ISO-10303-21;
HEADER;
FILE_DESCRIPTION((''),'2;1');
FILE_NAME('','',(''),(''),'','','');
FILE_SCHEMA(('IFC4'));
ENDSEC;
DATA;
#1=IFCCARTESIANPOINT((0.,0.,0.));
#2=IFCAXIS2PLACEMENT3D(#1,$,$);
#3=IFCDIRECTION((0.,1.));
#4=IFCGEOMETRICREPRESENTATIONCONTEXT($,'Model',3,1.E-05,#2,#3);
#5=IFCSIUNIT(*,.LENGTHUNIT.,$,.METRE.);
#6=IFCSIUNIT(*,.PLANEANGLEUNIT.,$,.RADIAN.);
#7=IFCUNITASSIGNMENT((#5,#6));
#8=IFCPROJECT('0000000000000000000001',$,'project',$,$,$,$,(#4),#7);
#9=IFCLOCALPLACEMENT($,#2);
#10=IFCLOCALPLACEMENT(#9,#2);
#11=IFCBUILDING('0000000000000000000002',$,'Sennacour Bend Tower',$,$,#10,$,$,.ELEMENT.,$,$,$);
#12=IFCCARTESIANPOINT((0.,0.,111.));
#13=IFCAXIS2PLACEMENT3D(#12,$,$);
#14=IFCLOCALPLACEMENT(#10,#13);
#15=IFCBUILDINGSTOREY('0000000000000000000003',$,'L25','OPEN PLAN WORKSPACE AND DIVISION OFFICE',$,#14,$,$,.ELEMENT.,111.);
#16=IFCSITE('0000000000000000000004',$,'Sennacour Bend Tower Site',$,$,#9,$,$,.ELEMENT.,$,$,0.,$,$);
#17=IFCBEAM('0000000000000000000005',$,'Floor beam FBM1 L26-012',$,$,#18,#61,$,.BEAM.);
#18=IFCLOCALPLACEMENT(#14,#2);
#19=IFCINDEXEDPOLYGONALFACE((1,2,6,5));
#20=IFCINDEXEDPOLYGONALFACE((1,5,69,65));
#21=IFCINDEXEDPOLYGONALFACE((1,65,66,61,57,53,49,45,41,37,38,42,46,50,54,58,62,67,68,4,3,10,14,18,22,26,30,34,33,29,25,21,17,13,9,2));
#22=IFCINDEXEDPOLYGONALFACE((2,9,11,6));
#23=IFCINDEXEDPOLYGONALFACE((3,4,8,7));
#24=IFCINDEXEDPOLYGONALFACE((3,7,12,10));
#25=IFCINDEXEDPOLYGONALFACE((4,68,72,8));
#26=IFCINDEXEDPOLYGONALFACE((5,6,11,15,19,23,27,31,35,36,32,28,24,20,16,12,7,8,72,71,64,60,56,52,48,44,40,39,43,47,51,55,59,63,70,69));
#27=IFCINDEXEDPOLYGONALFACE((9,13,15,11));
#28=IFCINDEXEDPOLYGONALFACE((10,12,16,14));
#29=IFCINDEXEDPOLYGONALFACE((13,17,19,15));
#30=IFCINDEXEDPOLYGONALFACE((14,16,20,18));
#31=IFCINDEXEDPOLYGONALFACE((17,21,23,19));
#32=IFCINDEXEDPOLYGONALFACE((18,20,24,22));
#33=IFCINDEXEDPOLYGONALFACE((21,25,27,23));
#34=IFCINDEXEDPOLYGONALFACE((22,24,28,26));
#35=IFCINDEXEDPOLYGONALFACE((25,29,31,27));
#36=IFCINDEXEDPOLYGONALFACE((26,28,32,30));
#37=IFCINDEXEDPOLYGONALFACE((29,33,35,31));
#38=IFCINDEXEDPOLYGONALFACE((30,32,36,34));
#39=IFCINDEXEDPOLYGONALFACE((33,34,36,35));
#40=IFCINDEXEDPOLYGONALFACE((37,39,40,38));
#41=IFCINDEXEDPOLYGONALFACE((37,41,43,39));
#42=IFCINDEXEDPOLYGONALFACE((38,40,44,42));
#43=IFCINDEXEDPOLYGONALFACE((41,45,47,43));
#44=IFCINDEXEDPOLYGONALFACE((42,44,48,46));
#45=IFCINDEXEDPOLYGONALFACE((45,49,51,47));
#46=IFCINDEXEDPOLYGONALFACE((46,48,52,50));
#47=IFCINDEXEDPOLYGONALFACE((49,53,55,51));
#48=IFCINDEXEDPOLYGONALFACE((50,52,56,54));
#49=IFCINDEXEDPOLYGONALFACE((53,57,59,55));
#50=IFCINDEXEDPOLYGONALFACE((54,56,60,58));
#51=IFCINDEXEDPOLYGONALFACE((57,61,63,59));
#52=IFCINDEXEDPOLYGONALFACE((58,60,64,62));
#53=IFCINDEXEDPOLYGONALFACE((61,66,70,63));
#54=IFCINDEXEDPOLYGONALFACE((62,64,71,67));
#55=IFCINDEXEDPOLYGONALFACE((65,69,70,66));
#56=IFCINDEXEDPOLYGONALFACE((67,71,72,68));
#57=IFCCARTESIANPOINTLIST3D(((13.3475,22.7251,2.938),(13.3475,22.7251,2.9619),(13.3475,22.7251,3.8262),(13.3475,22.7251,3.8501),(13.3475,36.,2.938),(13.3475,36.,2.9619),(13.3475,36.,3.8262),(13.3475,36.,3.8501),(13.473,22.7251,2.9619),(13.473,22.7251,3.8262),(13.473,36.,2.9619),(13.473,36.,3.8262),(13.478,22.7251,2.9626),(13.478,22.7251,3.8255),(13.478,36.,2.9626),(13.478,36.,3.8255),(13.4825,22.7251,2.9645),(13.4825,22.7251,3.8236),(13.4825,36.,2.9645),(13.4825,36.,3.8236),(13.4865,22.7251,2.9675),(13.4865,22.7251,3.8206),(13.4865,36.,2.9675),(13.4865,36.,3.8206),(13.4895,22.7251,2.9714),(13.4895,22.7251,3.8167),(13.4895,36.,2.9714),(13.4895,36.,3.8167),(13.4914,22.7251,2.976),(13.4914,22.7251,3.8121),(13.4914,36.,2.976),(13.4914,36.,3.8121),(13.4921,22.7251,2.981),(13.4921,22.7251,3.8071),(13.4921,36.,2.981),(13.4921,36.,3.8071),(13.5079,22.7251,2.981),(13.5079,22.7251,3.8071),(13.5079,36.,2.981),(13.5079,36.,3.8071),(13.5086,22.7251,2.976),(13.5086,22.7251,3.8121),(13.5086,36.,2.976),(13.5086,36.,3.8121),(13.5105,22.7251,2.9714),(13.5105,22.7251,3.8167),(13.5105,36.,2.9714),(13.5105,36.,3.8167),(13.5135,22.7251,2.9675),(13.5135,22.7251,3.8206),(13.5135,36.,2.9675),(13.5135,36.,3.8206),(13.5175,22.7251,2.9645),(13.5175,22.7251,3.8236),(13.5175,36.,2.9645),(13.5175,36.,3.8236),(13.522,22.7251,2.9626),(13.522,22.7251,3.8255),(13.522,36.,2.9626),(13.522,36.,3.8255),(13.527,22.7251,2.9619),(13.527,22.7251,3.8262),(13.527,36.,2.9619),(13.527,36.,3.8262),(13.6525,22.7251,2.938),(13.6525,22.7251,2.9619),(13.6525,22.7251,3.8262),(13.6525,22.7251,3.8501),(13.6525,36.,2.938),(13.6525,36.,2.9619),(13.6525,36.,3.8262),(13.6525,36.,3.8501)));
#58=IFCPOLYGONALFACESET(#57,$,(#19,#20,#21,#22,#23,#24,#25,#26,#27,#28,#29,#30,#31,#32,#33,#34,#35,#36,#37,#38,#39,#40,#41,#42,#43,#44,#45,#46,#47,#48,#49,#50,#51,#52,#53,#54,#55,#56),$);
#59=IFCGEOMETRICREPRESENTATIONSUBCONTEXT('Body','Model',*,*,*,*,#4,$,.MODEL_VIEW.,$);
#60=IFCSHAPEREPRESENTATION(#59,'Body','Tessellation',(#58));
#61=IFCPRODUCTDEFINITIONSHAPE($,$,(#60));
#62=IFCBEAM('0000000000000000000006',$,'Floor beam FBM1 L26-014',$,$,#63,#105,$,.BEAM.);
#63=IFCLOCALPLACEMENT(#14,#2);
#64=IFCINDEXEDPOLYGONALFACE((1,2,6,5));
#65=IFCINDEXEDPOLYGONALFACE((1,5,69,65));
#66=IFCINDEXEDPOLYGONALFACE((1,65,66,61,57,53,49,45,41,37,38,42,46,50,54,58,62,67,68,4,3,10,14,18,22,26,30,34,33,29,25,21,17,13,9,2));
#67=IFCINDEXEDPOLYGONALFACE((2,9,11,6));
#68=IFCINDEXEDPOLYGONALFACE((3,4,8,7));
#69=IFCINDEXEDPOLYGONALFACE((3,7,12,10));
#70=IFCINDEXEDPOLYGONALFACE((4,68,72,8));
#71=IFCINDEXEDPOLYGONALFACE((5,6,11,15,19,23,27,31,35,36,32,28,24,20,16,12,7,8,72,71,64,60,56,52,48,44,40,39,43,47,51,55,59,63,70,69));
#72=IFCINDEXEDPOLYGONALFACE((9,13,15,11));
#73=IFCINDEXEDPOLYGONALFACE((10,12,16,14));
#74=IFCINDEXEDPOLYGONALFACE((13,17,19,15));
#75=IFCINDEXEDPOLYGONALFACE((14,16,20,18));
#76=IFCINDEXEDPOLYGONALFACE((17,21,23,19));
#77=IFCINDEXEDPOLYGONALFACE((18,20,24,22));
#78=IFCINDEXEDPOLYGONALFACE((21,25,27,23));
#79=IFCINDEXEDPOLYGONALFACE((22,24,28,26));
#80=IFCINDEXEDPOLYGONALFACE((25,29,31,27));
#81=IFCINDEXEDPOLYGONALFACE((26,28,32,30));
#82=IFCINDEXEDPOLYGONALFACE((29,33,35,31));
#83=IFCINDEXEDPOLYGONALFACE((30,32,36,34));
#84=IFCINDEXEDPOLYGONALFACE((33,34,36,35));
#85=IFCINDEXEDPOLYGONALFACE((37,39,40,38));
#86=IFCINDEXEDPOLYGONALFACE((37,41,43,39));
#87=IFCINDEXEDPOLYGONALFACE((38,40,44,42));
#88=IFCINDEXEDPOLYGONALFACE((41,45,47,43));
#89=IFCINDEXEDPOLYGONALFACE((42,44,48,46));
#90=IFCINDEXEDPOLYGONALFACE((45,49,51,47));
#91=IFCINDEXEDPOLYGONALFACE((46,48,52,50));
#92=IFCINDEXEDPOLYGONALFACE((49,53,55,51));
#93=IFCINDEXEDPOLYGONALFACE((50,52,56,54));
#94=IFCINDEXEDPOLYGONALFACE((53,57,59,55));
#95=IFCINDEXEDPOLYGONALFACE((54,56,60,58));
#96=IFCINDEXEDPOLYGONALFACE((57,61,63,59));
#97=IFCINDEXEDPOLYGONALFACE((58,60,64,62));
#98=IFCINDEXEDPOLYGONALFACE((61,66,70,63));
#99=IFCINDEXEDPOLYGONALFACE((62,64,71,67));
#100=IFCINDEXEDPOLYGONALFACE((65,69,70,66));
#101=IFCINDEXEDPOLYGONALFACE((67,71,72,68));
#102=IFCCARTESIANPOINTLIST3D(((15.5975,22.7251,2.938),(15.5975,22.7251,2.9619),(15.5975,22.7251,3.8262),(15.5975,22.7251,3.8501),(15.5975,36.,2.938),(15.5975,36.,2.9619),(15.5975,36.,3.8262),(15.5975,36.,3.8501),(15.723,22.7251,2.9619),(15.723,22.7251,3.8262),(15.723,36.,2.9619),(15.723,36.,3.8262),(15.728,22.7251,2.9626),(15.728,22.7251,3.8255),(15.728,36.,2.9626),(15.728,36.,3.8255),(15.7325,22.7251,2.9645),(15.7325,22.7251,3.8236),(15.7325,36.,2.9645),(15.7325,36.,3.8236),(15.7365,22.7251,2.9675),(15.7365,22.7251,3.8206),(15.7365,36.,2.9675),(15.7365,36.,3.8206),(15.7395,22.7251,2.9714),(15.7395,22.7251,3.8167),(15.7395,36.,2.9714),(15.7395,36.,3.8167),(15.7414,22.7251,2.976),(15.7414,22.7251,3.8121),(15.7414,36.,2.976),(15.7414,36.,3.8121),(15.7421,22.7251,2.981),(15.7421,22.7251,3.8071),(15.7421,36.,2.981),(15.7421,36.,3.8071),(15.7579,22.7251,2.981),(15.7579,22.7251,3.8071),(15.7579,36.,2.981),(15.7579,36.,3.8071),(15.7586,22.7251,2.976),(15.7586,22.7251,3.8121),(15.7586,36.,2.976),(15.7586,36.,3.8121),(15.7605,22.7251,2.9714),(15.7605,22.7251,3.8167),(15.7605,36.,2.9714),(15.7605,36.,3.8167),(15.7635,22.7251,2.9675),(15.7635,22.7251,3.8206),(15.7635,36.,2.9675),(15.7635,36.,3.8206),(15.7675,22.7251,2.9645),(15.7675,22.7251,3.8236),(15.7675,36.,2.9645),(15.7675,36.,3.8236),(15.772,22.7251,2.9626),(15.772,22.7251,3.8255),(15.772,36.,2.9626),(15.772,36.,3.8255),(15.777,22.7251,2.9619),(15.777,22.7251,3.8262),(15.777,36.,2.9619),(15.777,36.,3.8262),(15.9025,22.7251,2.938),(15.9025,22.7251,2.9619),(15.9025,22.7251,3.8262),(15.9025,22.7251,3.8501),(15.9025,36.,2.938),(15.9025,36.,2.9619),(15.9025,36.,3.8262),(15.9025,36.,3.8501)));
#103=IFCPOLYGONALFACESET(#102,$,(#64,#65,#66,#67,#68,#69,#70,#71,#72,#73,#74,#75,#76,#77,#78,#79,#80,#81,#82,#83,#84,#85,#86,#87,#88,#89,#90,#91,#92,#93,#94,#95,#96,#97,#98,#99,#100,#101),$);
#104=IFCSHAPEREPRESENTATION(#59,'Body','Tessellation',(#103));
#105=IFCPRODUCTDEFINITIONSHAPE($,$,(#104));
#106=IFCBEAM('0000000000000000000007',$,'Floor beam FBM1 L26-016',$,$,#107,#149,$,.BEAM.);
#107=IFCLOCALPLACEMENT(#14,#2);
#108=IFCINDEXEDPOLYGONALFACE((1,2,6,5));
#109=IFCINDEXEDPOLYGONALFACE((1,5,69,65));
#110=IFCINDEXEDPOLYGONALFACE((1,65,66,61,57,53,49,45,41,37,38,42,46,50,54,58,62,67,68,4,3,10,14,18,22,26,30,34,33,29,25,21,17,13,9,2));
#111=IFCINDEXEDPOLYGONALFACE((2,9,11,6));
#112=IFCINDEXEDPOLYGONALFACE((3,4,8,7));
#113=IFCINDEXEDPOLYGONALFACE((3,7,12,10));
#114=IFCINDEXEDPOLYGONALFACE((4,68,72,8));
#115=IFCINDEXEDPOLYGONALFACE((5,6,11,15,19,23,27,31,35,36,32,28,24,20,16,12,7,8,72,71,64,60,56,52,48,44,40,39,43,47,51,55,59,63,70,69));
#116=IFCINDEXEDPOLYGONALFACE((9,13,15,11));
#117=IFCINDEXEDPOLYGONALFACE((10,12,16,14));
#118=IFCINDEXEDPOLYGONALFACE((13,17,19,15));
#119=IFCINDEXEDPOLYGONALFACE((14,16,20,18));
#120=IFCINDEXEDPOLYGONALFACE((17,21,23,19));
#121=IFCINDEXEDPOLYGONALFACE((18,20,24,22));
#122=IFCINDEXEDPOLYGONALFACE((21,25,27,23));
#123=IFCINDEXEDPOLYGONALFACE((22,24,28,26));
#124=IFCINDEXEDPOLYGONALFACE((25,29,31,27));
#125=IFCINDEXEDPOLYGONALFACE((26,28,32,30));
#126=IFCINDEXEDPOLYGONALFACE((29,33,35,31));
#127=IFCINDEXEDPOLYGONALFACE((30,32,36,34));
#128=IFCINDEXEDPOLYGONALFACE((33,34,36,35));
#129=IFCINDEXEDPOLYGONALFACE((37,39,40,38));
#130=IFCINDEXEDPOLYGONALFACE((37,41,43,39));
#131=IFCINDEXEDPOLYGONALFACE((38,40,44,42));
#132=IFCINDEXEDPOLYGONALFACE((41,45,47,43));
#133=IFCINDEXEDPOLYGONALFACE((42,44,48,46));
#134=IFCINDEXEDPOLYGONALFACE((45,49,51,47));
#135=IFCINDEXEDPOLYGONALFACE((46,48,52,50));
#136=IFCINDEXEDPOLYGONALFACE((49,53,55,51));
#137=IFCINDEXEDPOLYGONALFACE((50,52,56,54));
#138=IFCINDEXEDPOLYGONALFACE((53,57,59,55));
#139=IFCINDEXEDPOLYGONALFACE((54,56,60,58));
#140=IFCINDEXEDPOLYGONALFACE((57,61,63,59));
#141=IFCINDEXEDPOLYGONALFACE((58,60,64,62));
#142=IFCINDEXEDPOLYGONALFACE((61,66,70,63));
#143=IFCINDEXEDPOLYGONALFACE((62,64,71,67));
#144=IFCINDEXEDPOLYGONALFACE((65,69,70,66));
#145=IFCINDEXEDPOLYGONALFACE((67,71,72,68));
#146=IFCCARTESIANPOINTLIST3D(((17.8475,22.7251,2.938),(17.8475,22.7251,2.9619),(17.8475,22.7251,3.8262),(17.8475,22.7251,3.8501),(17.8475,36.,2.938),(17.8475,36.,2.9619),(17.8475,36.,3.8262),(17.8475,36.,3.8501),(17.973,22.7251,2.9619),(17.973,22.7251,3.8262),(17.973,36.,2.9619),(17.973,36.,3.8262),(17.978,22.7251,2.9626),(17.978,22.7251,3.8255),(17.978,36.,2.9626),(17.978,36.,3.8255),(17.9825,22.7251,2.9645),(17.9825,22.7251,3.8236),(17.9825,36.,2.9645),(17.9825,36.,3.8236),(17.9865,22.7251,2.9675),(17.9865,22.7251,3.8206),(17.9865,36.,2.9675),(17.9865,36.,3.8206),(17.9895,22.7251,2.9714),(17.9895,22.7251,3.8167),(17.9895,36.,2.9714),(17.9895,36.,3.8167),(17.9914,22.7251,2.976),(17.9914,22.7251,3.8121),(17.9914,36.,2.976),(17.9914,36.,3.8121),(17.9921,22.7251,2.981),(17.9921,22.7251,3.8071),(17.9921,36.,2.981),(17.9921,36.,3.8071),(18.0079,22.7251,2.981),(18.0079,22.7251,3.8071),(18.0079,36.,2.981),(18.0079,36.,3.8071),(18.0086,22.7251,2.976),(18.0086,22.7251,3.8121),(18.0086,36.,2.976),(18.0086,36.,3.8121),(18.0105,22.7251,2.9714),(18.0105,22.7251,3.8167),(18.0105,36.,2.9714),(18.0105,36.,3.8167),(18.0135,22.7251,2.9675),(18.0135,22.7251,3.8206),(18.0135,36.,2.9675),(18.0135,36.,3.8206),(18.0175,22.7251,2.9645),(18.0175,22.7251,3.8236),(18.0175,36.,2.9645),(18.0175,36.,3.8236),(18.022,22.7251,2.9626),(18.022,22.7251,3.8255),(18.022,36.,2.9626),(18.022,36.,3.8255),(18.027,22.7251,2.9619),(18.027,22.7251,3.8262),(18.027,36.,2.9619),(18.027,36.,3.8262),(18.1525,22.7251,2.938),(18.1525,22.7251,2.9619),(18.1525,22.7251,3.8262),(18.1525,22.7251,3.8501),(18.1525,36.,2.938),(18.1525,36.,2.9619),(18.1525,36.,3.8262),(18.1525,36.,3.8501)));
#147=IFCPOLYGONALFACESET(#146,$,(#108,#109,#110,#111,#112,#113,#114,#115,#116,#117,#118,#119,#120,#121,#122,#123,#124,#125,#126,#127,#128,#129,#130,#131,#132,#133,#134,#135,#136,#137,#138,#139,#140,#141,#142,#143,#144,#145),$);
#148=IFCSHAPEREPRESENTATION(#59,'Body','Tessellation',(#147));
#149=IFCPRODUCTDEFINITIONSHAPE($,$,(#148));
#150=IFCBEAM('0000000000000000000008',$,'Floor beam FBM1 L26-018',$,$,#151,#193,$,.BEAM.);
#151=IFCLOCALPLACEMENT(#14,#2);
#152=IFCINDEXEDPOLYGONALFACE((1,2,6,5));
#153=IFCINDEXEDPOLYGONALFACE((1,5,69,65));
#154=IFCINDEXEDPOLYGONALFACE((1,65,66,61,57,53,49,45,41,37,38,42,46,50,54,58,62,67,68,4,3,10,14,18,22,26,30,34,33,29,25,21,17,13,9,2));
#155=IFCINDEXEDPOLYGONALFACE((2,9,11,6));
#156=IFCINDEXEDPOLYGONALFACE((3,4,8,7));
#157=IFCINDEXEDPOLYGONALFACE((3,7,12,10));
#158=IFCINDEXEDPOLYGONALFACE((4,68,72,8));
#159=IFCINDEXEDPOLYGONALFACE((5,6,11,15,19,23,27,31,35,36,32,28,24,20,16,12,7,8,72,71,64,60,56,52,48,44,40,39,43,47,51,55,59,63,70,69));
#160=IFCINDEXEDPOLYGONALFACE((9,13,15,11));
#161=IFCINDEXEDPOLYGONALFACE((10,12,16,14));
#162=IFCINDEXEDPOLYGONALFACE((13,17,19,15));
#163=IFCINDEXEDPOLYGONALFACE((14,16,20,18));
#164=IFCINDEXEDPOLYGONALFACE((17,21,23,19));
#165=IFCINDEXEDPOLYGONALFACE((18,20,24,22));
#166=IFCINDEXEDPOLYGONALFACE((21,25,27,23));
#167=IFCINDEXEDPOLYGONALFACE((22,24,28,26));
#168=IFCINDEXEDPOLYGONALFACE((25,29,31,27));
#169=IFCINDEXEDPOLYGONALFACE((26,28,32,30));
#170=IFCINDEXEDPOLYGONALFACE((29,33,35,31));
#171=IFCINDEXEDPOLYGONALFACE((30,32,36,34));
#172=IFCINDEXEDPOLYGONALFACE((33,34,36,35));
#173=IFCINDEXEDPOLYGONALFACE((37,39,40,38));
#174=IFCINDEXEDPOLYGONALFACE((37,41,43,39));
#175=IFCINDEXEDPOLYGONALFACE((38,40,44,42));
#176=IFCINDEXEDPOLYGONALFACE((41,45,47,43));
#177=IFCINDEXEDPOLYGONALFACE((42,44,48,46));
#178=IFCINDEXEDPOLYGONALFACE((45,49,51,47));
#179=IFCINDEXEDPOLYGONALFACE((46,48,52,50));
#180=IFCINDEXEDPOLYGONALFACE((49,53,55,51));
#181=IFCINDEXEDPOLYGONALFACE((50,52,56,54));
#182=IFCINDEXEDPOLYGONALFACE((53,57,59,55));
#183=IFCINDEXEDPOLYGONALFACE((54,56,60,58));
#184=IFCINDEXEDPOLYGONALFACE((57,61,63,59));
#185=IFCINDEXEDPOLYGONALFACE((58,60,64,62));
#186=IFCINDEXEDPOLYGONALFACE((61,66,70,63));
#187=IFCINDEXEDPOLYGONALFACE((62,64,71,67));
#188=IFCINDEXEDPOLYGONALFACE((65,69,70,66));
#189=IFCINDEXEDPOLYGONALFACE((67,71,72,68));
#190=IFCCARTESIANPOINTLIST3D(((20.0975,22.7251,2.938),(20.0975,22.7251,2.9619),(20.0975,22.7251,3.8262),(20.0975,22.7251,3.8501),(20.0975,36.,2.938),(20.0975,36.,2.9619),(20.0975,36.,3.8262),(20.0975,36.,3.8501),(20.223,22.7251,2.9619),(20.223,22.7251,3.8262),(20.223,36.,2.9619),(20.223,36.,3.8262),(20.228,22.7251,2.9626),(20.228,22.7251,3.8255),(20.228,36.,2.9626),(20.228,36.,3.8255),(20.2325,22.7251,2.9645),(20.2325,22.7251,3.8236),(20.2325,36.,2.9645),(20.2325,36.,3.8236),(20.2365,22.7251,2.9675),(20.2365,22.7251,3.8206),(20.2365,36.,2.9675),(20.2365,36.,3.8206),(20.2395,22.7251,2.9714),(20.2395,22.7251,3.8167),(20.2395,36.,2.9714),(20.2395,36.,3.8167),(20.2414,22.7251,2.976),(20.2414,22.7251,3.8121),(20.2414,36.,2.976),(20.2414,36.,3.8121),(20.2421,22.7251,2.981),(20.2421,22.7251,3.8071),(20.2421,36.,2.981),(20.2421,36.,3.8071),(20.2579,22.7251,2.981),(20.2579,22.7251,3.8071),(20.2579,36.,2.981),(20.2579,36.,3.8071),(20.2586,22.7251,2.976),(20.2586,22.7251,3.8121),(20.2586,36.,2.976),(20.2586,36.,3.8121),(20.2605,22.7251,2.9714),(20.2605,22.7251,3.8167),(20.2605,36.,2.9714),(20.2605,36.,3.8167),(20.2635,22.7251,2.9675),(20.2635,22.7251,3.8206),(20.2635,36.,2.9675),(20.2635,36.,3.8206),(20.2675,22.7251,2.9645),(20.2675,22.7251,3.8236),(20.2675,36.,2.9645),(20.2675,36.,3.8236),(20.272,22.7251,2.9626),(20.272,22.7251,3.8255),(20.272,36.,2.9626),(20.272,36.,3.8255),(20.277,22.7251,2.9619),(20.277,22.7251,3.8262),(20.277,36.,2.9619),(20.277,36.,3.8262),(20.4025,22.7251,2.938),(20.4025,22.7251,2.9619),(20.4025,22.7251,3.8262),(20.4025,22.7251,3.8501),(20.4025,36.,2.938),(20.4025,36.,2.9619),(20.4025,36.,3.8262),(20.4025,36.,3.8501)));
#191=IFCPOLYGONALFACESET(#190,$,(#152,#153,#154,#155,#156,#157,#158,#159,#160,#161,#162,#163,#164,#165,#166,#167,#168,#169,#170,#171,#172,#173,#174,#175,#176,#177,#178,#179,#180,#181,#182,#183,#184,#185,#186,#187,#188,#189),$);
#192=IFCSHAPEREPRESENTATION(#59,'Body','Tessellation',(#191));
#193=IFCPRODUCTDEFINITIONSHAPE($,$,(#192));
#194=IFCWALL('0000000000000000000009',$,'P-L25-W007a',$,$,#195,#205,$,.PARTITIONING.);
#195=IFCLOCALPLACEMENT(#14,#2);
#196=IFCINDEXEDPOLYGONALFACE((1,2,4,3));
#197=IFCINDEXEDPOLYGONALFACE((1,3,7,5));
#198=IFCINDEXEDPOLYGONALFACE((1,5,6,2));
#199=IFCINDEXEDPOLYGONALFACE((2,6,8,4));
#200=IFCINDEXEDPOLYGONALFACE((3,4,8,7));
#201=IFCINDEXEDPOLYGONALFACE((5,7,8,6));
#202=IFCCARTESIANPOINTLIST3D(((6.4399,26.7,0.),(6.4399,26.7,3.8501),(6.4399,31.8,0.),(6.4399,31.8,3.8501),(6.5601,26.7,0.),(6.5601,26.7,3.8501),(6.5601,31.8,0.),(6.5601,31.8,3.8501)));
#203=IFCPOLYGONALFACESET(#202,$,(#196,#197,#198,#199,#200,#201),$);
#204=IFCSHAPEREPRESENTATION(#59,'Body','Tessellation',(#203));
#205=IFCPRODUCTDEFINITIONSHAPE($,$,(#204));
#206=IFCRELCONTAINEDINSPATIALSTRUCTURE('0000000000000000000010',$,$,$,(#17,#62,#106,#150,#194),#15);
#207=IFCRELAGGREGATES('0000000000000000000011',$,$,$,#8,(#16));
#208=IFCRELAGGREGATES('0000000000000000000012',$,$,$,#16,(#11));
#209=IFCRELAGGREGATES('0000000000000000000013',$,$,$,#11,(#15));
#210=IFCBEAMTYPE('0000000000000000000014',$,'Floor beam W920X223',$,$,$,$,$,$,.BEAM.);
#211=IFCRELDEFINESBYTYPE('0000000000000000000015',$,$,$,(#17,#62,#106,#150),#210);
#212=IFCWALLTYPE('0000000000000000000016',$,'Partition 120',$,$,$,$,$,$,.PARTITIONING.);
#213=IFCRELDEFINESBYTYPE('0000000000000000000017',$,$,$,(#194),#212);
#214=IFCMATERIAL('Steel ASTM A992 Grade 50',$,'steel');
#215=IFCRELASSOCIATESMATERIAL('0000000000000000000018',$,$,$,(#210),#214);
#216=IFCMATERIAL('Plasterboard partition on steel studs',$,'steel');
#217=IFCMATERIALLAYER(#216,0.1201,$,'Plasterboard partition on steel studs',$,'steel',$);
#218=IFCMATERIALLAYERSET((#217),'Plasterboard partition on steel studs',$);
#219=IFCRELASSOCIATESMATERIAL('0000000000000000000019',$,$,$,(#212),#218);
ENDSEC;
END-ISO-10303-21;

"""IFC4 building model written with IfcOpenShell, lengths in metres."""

from ifc_helpers import new_model, si_unit, direction, frame, frame_2d, origin, origin_2d, place, context, subcontext, project, spatial, rectangle, i_section, extrude, material, layer, layer_set, material_profile, profile_set, type_object, element, save


model = new_model("IFC4")

# Units and contexts
model_context = context("Model", 3, precision=1e-05, world=origin(), true_north=direction((0.0, 1.0)))
body_context = subcontext(model_context, "Body", "Model", "MODEL_VIEW")
ifc_project = project(units=[si_unit("LENGTHUNIT", "METRE"), si_unit("PLANEANGLEUNIT", "RADIAN")], contexts=[model_context])

# Site, building, storey
site_placement = place(None, origin())
site = spatial("IfcSite", under=ifc_project, at=site_placement, Name="Sennacour Bend Tower Site", CompositionType="ELEMENT", RefElevation=0.0)
building_placement = place(site_placement, origin())
building = spatial("IfcBuilding", under=site, at=building_placement, Name="Sennacour Bend Tower", CompositionType="ELEMENT")
storey_placement = place(building_placement, frame((0.0, 0.0, 111.0)))
storey = spatial("IfcBuildingStorey", under=building, at=storey_placement, Name="L25", Description="OPEN PLAN WORKSPACE AND DIVISION OFFICE", CompositionType="ELEMENT", Elevation=111.0)

# Beams
ifc_material_1 = material(Name="Steel ASTM A992 Grade 50", Category="steel")
ifc_material_profile = material_profile(ifc_material_1, i_section(OverallWidth=0.3049, OverallDepth=0.9121, WebThickness=0.0159, FlangeThickness=0.0239, FilletRadius=0.019, at=origin_2d()), Name="Steel ASTM A992 Grade 50", Category="steel")
ifc_profile_set = profile_set([ifc_material_profile], Name="Steel ASTM A992 Grade 50")
beam_type = type_object("IfcBeamType", Name="Floor beam W920X223", PredefinedType="BEAM", material=ifc_profile_set)
for number, where, z_axis, x_axis, name in (
    (1, (13.5, 22.7251, 3.394), (0.0, 1.0, 0.0), (-1.0, 0.0, 0.0), "Floor beam FBM1 L26-012"),
    (2, (15.75, 22.7251, 3.394), (0.0, 1.0, 0.0), (-1.0, 0.0, 0.0), "Floor beam FBM1 L26-014"),
    (3, (18.0, 22.7251, 3.394), (0.0, 1.0, 0.0), (-1.0, 0.0, 0.0), "Floor beam FBM1 L26-016"),
    (4, (20.25, 22.7251, 3.394), (0.0, 1.0, 0.0), (-1.0, 0.0, 0.0), "Floor beam FBM1 L26-018"),
):
    element("IfcBeam", number, at=place(storey_placement, frame(where, z_axis=z_axis, x_axis=x_axis)), inside=storey, type_object=beam_type, Name=name, PredefinedType="BEAM", context=body_context, shape_type="SweptSolid", body=[
        extrude(i_section(OverallWidth=0.3049, OverallDepth=0.9121, WebThickness=0.0159, FlangeThickness=0.0239, FilletRadius=0.019, at=origin_2d()), origin(), (0.0, 0.0, 1.0), 13.2749),
    ])

# Wall
ifc_material_2 = material(Name="Plasterboard partition on steel studs", Category="steel")
ifc_layer_1 = layer(ifc_material_2, 0.1201, Name="Plasterboard partition on steel studs", Category="steel")
ifc_layer_set_1 = layer_set([ifc_layer_1], Name="Plasterboard partition on steel studs")
wall_type_1 = type_object("IfcWallType", Name="Partition 120", PredefinedType="PARTITIONING", material=ifc_layer_set_1)
wall_1_placement = place(storey_placement, frame((6.5, 26.7, 0.0), z_axis=(0.0, 0.0, 1.0), x_axis=(0.0, 1.0, 0.0)))
element("IfcWall", 5, at=wall_1_placement, inside=storey, type_object=wall_type_1, Name="P-L25-W007a", PredefinedType="PARTITIONING", context=body_context, shape_type="SweptSolid", body=[
    extrude(rectangle(XDim=5.1001, YDim=0.1201, at=frame_2d((2.55, 0.0))), origin(), (0.0, 0.0, 1.0), 3.8501),
])

save(model, "model.ifc")
